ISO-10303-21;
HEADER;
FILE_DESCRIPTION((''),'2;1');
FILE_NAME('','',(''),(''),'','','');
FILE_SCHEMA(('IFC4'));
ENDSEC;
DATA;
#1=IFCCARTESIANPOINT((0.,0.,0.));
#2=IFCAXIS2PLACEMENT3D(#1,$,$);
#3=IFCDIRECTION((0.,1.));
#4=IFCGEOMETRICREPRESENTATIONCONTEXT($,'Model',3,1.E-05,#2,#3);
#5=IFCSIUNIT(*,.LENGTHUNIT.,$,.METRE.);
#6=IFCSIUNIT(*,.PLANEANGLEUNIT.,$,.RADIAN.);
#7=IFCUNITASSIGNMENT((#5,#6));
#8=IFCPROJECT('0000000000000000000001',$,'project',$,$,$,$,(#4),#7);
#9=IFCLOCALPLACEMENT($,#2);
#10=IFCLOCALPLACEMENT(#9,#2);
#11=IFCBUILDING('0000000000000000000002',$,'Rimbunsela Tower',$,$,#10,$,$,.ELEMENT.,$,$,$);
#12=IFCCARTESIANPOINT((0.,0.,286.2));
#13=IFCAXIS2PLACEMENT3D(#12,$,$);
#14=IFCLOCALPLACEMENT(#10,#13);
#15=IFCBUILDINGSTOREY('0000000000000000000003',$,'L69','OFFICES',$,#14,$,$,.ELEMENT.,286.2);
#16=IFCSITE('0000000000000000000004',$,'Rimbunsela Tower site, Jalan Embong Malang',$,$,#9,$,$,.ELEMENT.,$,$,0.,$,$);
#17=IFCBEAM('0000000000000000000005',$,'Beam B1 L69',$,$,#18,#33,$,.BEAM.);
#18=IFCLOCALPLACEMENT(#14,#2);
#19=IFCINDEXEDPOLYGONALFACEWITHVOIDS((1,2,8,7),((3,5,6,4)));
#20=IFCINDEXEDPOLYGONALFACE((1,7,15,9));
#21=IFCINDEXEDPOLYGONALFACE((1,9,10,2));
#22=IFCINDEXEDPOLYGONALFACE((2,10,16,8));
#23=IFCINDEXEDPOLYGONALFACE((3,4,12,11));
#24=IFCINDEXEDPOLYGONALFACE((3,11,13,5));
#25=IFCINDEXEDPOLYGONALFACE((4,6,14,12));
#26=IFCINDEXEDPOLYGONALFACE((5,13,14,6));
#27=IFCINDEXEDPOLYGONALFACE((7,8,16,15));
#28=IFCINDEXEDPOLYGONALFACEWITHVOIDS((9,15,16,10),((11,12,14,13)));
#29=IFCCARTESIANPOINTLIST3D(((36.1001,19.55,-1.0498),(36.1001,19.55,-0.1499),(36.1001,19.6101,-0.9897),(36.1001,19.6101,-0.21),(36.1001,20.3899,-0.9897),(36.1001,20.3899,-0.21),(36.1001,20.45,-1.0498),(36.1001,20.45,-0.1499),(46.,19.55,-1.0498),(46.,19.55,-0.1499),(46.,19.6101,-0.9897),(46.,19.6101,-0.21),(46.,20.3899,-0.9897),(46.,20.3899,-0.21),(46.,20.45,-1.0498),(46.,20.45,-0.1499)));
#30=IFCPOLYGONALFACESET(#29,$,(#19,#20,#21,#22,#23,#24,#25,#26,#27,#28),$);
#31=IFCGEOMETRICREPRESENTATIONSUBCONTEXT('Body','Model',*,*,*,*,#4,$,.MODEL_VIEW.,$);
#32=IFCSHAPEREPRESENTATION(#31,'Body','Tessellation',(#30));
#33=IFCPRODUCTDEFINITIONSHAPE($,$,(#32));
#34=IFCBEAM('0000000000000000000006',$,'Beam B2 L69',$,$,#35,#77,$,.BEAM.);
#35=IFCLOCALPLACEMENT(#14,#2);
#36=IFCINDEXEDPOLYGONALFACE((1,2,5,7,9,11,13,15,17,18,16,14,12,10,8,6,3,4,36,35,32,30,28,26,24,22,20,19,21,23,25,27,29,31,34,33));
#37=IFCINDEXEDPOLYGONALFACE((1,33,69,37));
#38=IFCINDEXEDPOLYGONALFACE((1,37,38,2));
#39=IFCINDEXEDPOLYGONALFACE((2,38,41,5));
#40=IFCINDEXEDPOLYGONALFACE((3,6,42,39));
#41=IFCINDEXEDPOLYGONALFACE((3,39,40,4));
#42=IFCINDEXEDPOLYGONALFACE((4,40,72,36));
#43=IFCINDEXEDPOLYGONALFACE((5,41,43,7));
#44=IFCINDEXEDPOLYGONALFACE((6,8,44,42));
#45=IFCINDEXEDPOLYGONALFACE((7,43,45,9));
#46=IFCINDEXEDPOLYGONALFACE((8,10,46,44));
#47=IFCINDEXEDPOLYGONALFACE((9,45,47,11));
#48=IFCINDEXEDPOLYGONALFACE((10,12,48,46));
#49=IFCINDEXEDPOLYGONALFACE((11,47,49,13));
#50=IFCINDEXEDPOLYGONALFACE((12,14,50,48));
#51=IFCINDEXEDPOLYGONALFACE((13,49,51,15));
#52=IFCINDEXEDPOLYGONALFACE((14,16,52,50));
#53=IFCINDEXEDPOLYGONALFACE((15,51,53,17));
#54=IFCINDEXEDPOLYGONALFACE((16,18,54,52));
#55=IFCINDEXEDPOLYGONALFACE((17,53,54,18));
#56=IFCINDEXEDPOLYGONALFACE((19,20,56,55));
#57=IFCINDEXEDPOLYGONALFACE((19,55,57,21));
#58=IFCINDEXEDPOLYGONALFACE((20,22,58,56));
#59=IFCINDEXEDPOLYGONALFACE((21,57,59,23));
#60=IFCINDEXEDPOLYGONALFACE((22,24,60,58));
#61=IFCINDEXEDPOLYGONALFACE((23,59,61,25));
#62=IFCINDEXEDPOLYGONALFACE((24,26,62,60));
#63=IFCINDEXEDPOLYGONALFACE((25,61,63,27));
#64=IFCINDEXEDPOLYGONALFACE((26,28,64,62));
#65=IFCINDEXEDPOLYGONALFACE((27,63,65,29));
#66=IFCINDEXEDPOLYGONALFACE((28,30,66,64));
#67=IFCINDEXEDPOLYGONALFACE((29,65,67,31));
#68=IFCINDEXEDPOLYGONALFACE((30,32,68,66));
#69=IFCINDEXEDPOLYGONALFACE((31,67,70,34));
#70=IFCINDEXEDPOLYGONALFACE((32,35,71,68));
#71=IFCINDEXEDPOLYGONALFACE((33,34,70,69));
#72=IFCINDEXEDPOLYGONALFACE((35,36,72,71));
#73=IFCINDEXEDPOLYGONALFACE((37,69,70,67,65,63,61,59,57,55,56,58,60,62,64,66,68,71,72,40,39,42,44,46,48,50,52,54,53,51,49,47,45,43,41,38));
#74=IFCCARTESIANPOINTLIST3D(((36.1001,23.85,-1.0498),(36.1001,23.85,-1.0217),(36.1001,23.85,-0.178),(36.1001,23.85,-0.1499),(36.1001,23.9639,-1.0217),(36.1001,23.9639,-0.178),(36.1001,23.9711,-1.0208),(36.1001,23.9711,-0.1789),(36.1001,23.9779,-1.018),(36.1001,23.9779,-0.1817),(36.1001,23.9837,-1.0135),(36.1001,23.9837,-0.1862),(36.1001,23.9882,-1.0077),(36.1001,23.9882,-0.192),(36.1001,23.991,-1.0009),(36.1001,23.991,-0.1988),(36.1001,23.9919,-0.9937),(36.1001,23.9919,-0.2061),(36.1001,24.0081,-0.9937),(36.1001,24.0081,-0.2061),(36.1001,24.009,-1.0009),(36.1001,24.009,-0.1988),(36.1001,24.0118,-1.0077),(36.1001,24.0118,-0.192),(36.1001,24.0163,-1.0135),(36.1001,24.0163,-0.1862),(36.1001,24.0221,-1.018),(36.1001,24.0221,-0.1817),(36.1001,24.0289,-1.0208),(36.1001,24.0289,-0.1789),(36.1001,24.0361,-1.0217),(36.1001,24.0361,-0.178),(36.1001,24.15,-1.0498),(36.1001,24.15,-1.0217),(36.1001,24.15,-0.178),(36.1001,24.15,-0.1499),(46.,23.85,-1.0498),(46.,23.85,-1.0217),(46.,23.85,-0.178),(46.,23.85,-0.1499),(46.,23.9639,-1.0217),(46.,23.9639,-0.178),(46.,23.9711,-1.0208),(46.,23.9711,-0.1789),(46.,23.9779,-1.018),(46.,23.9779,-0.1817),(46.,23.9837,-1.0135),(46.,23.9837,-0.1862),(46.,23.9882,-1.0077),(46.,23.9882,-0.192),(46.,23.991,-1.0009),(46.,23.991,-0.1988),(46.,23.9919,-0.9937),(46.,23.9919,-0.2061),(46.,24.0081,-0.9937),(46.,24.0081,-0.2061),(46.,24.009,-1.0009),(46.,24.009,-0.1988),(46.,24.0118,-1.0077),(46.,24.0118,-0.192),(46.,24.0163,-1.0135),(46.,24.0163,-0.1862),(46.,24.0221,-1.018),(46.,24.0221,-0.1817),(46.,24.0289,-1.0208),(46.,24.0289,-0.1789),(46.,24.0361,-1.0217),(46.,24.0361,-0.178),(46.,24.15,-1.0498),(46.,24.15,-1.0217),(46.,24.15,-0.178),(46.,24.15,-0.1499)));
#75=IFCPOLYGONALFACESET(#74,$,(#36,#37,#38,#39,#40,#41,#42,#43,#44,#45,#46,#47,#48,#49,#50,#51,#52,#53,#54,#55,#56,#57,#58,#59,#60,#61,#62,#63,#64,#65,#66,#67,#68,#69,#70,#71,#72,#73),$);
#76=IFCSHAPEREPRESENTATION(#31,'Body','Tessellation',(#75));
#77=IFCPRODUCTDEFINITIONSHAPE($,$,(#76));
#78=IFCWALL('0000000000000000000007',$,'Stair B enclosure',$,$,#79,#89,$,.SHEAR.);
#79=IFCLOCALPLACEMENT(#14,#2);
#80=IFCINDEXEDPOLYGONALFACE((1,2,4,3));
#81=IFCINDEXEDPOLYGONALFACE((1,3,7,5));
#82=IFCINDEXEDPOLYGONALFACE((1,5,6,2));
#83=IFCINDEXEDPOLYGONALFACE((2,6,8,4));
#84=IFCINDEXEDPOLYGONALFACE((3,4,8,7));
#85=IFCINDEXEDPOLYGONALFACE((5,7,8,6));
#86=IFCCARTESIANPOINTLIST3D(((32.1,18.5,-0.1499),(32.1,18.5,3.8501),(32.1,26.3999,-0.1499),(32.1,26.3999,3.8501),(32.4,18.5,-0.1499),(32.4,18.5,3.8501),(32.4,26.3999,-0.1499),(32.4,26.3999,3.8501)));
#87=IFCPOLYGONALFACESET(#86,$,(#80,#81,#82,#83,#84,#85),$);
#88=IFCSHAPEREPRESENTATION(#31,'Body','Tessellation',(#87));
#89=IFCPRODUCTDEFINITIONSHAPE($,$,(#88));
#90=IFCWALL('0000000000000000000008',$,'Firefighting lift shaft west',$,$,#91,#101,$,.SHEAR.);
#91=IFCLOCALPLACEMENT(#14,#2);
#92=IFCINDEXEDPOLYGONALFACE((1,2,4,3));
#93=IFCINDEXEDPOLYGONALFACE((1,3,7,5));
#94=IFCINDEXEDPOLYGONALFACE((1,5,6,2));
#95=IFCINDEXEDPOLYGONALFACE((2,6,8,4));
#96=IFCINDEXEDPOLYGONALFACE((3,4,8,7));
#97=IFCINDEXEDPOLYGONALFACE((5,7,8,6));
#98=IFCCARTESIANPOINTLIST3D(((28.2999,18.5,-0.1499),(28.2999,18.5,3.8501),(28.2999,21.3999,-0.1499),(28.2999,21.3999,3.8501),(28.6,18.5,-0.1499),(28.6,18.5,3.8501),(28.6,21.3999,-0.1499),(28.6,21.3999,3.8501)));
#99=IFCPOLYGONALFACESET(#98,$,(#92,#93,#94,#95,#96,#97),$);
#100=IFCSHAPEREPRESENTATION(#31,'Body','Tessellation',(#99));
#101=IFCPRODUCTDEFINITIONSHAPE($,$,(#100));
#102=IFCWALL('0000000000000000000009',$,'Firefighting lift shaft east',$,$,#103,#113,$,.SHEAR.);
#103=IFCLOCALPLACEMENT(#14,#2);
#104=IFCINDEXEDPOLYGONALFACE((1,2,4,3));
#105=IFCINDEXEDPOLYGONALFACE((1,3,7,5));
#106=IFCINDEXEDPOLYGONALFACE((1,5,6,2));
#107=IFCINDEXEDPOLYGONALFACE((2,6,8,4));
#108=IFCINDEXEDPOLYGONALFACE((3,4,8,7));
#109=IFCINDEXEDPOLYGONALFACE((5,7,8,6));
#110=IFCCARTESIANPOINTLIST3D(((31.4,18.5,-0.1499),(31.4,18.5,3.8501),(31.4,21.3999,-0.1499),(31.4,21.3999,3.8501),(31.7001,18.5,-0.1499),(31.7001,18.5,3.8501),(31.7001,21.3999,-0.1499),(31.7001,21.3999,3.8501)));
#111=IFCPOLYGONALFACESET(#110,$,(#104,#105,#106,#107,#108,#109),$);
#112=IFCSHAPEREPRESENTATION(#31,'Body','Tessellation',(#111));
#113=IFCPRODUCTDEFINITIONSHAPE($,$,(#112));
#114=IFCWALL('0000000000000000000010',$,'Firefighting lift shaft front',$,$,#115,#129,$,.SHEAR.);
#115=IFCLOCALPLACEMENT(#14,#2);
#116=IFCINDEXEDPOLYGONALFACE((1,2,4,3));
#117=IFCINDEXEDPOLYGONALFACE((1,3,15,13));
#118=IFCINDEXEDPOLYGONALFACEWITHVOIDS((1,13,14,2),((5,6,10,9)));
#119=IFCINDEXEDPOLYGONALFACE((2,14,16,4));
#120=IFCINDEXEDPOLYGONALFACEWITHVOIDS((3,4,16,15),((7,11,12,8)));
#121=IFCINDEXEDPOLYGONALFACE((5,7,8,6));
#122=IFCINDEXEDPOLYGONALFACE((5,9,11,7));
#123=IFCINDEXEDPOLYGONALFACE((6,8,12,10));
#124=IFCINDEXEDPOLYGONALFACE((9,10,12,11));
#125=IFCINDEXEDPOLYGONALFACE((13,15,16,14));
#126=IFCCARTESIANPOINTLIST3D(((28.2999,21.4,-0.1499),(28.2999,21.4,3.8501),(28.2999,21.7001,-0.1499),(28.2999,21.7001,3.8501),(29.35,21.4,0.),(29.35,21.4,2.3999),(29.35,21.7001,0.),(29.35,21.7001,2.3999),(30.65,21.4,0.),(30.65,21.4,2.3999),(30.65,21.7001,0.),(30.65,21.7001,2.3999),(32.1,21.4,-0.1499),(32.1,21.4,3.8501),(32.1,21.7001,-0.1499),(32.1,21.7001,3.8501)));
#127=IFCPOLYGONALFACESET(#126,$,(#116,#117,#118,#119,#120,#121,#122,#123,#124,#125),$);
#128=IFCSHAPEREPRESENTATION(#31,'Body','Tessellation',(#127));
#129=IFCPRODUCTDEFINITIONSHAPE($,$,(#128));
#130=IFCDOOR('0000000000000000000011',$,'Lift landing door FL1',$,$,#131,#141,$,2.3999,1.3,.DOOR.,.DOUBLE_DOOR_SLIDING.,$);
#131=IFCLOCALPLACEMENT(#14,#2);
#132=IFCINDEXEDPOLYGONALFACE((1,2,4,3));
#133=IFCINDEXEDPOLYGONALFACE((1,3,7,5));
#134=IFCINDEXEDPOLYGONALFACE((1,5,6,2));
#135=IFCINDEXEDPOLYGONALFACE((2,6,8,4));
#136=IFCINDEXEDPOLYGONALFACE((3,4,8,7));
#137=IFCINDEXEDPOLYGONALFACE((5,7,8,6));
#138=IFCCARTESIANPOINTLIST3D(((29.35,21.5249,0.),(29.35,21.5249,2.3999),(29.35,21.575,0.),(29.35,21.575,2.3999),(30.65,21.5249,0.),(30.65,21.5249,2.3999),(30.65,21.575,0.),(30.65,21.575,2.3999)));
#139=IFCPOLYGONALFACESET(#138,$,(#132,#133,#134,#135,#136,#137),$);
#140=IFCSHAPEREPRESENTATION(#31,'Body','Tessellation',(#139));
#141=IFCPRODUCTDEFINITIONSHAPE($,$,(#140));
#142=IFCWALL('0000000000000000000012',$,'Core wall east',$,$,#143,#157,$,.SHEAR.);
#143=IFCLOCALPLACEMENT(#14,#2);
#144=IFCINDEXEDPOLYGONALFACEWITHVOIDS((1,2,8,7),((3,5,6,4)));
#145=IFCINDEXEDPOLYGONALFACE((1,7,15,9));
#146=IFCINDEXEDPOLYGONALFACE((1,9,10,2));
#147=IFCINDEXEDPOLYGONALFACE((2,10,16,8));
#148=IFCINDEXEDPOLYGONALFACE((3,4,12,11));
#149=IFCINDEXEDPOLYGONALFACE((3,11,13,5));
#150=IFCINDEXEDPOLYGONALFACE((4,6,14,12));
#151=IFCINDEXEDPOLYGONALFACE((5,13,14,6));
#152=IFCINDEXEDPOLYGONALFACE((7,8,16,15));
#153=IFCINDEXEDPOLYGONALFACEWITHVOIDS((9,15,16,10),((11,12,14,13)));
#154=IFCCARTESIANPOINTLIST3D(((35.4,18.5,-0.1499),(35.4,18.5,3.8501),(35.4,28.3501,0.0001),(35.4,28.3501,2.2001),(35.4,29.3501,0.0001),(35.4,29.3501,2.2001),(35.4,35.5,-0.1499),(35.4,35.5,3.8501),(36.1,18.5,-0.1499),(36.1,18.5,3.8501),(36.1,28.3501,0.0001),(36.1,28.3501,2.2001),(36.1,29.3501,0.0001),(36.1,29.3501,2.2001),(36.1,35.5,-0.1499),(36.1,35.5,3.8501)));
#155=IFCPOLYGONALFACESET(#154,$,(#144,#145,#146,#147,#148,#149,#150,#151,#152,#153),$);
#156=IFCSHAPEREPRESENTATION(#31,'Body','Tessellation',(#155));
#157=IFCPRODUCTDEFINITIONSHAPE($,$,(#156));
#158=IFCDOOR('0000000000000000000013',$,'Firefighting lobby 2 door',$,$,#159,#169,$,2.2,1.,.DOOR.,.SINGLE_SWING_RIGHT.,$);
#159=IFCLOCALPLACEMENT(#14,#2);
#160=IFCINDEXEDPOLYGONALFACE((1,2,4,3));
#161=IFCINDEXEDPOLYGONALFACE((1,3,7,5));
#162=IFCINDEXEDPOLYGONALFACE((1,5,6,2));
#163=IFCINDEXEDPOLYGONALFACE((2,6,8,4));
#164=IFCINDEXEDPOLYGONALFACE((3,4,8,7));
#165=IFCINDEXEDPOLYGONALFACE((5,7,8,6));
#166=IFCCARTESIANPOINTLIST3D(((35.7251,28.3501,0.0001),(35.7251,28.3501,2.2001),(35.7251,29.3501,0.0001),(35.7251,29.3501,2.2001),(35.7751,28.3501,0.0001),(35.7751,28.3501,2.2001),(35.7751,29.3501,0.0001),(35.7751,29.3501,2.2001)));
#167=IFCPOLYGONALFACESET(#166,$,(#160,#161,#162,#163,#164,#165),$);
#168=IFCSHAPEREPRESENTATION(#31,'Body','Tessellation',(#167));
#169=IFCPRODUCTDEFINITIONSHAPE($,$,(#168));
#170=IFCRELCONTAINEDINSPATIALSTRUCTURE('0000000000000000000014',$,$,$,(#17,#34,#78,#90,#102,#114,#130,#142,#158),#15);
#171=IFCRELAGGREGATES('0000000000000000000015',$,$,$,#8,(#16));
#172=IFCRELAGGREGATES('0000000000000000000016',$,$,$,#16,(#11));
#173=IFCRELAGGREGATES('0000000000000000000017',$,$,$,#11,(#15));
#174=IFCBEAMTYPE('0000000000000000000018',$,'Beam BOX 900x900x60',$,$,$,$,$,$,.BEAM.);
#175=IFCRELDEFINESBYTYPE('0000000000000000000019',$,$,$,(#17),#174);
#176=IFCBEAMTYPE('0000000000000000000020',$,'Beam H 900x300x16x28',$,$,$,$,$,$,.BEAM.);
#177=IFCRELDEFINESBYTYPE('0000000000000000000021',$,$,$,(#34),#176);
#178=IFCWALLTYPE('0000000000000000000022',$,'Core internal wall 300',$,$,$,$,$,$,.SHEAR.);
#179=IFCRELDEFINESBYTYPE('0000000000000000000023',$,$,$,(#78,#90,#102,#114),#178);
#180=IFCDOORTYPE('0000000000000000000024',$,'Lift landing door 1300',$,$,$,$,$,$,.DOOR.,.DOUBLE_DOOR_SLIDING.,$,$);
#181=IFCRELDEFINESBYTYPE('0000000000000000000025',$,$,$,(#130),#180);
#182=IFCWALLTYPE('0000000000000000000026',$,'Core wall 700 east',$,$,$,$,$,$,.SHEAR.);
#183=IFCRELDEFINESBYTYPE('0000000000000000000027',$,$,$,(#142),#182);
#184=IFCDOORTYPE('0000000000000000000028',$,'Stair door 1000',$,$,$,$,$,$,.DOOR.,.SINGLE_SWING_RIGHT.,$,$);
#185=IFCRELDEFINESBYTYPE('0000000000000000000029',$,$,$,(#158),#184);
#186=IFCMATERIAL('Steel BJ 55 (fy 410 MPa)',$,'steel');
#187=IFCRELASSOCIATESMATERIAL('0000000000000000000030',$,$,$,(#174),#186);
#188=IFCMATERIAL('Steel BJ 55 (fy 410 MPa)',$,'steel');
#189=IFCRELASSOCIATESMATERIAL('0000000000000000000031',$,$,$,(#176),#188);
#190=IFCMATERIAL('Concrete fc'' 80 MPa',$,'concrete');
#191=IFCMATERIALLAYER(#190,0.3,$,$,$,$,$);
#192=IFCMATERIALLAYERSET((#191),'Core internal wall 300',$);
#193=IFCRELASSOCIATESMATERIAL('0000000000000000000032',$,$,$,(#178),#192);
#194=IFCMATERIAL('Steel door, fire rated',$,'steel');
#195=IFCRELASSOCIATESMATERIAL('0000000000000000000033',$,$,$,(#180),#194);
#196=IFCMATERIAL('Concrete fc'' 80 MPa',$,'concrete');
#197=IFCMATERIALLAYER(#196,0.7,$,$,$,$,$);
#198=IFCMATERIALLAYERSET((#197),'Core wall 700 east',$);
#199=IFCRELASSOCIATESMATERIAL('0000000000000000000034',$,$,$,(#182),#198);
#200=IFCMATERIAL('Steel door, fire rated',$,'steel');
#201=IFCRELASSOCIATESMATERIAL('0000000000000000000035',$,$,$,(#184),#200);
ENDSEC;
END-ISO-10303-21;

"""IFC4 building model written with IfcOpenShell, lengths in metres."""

from ifc_helpers import new_model, si_unit, direction, frame, frame_2d, origin, origin_2d, place, context, subcontext, project, spatial, rectangle, hollow_rectangle, i_section, extrude, material, layer, layer_set, material_profile, profile_set, type_object, element, fill, save


model = new_model("IFC4")

# Units and contexts
model_context = context("Model", 3, precision=1e-05, world=origin(), true_north=direction((0.0, 1.0)))
body_context = subcontext(model_context, "Body", "Model", "MODEL_VIEW")
ifc_project = project(units=[si_unit("LENGTHUNIT", "METRE"), si_unit("PLANEANGLEUNIT", "RADIAN")], contexts=[model_context])

# Site, building, storey
site_placement = place(None, origin())
site = spatial("IfcSite", under=ifc_project, at=site_placement, Name="Rimbunsela Tower site, Jalan Embong Malang", CompositionType="ELEMENT", RefElevation=0.0)
building_placement = place(site_placement, origin())
building = spatial("IfcBuilding", under=site, at=building_placement, Name="Rimbunsela Tower", CompositionType="ELEMENT")
storey_placement = place(building_placement, frame((0.0, 0.0, 286.2)))
storey = spatial("IfcBuildingStorey", under=building, at=storey_placement, Name="L69", Description="OFFICES", CompositionType="ELEMENT", Elevation=286.2)

# Beams
ifc_material_1 = material(Name="Steel BJ 55 (fy 410 MPa)", Category="steel")
ifc_material_profile_1 = material_profile(ifc_material_1, hollow_rectangle(XDim=0.8999, YDim=0.8999, WallThickness=0.0601, at=origin_2d()), Name="BOX 900x900x60")
ifc_profile_set_1 = profile_set([ifc_material_profile_1], Name="Steel BJ 55 (fy 410 MPa)")
beam_type_1 = type_object("IfcBeamType", Name="Beam BOX 900x900x60", PredefinedType="BEAM", material=ifc_profile_set_1)
beam_1_placement = place(storey_placement, frame((36.1001, 20.0, -0.5999), z_axis=(1.0, 0.0, 0.0), x_axis=(0.0, 1.0, 0.0)))
element("IfcBeam", 1, at=beam_1_placement, inside=storey, type_object=beam_type_1, Name="Beam B1 L69", PredefinedType="BEAM", context=body_context, shape_type="SweptSolid", body=[
    extrude(hollow_rectangle(XDim=0.8999, YDim=0.8999, WallThickness=0.0601, at=origin_2d()), origin(), (0.0, 0.0, 1.0), 9.8999),
])
ifc_material_2 = material(Name="Steel BJ 55 (fy 410 MPa)", Category="steel")
ifc_material_profile_2 = material_profile(ifc_material_2, i_section(OverallWidth=0.3, OverallDepth=0.8999, WebThickness=0.0161, FlangeThickness=0.0281, FilletRadius=0.0281, at=origin_2d()), Name="H 900x300x16x28")
ifc_profile_set_2 = profile_set([ifc_material_profile_2], Name="Steel BJ 55 (fy 410 MPa)")
beam_type_2 = type_object("IfcBeamType", Name="Beam H 900x300x16x28", PredefinedType="BEAM", material=ifc_profile_set_2)
beam_2_placement = place(storey_placement, frame((36.1001, 24.0, -0.5999), z_axis=(1.0, 0.0, 0.0), x_axis=(0.0, 1.0, 0.0)))
element("IfcBeam", 2, at=beam_2_placement, inside=storey, type_object=beam_type_2, Name="Beam B2 L69", PredefinedType="BEAM", context=body_context, shape_type="SweptSolid", body=[
    extrude(i_section(OverallWidth=0.3, OverallDepth=0.8999, WebThickness=0.0161, FlangeThickness=0.0281, FilletRadius=0.0281, at=origin_2d()), origin(), (0.0, 0.0, 1.0), 9.8999),
])

# Walls
ifc_material_3 = material(Name="Concrete fc' 80 MPa", Category="concrete")
ifc_layer_1 = layer(ifc_material_3, 0.3)
ifc_layer_set_1 = layer_set([ifc_layer_1], Name="Core internal wall 300")
wall_type_1 = type_object("IfcWallType", Name="Core internal wall 300", PredefinedType="SHEAR", material=ifc_layer_set_1)
wall_1_placement = place(storey_placement, frame((32.25, 18.5, -0.1499), z_axis=(0.0, 0.0, 1.0), x_axis=(0.0, 1.0, 0.0)))
element("IfcWall", 3, at=wall_1_placement, inside=storey, type_object=wall_type_1, Name="Stair B enclosure", PredefinedType="SHEAR", context=body_context, shape_type="SweptSolid", body=[
    extrude(rectangle(XDim=7.8999, YDim=0.3, at=frame_2d((3.95, 0.0))), origin(), (0.0, 0.0, 1.0), 4.0),
])
for number, where, z_axis, x_axis, name in (
    (4, (28.45, 18.5, -0.1499), (0.0, 0.0, 1.0), (0.0, 1.0, 0.0), "Firefighting lift shaft west"),
    (5, (31.55, 18.5, -0.1499), (0.0, 0.0, 1.0), (0.0, 1.0, 0.0), "Firefighting lift shaft east"),
):
    element("IfcWall", number, at=place(storey_placement, frame(where, z_axis=z_axis, x_axis=x_axis)), inside=storey, type_object=wall_type_1, Name=name, PredefinedType="SHEAR", context=body_context, shape_type="SweptSolid", body=[
        extrude(rectangle(XDim=2.8999, YDim=0.3, at=frame_2d((1.45, 0.0))), origin(), (0.0, 0.0, 1.0), 4.0),
    ])

# Walls, openings, doors
wall_2_placement = place(storey_placement, frame((28.3, 21.55, -0.1499), z_axis=(0.0, 0.0, 1.0), x_axis=(1.0, 0.0, 0.0)))
wall_2 = element("IfcWall", 6, at=wall_2_placement, inside=storey, type_object=wall_type_1, Name="Firefighting lift shaft front", PredefinedType="SHEAR", context=body_context, shape_type="SweptSolid", body=[
    extrude(rectangle(XDim=3.8, YDim=0.3, at=frame_2d((1.8999, 0.0))), origin(), (0.0, 0.0, 1.0), 4.0),
])
opening_1_placement = place(wall_2_placement, frame((1.05, 0.0, 0.1499)))
opening_1 = element("IfcOpeningElement", 7, at=opening_1_placement, cuts=wall_2, PredefinedType="OPENING", context=body_context, shape_type="SweptSolid", body=[
    extrude(rectangle(XDim=1.3, YDim=2.3999, at=frame_2d((0.6499, 1.2))), frame((0.0, 0.1599, 0.0), z_axis=(0.0, -1.0, 0.0), x_axis=(1.0, 0.0, 0.0)), (0.0, 0.0, 1.0), 0.3201),
])
ifc_material_4 = material(Name="Steel door, fire rated", Category="steel")
door_type_1 = type_object("IfcDoorType", Name="Lift landing door 1300", OperationType="DOUBLE_DOOR_SLIDING", PredefinedType="DOOR", material=ifc_material_4)
door_1_placement = place(opening_1_placement, origin())
door_1 = element("IfcDoor", 8, at=door_1_placement, inside=storey, type_object=door_type_1, Name="Lift landing door FL1", OperationType="DOUBLE_DOOR_SLIDING", OverallHeight=2.3999, OverallWidth=1.3, PredefinedType="DOOR", context=body_context, shape_type="SweptSolid", body=[
    extrude(rectangle(XDim=1.3, YDim=2.3999, at=frame_2d((0.6499, 1.2))), frame((0.0, 0.0249, 0.0), z_axis=(0.0, -1.0, 0.0), x_axis=(1.0, 0.0, 0.0)), (0.0, 0.0, 1.0), 0.05),
])
fill(opening_1, door_1)
ifc_material_5 = material(Name="Concrete fc' 80 MPa", Category="concrete")
ifc_layer_2 = layer(ifc_material_5, 0.7)
ifc_layer_set_2 = layer_set([ifc_layer_2], Name="Core wall 700 east")
wall_type_2 = type_object("IfcWallType", Name="Core wall 700 east", PredefinedType="SHEAR", material=ifc_layer_set_2)
wall_3_placement = place(storey_placement, frame((35.75, 18.5, -0.1499), z_axis=(0.0, 0.0, 1.0), x_axis=(0.0, 1.0, 0.0)))
wall_3 = element("IfcWall", 9, at=wall_3_placement, inside=storey, type_object=wall_type_2, Name="Core wall east", PredefinedType="SHEAR", context=body_context, shape_type="SweptSolid", body=[
    extrude(rectangle(XDim=17.0, YDim=0.7, at=frame_2d((8.5, 0.0))), origin(), (0.0, 0.0, 1.0), 4.0),
])
opening_2_placement = place(wall_3_placement, frame((9.8501, 0.0, 0.1499)))
opening_2 = element("IfcOpeningElement", 10, at=opening_2_placement, cuts=wall_3, PredefinedType="OPENING", context=body_context, shape_type="SweptSolid", body=[
    extrude(rectangle(XDim=1.0, YDim=2.2, at=frame_2d((0.5, 1.1001))), frame((0.0, 0.3599, 0.0), z_axis=(0.0, -1.0, 0.0), x_axis=(1.0, 0.0, 0.0)), (0.0, 0.0, 1.0), 0.72),
])
ifc_material_6 = material(Name="Steel door, fire rated", Category="steel")
door_type_2 = type_object("IfcDoorType", Name="Stair door 1000", OperationType="SINGLE_SWING_RIGHT", PredefinedType="DOOR", material=ifc_material_6)
door_2_placement = place(opening_2_placement, origin())
door_2 = element("IfcDoor", 11, at=door_2_placement, inside=storey, type_object=door_type_2, Name="Firefighting lobby 2 door", OperationType="SINGLE_SWING_RIGHT", OverallHeight=2.2, OverallWidth=1.0, PredefinedType="DOOR", context=body_context, shape_type="SweptSolid", body=[
    extrude(rectangle(XDim=1.0, YDim=2.2, at=frame_2d((0.5, 1.1001))), frame((0.0, 0.0249, 0.0), z_axis=(0.0, -1.0, 0.0), x_axis=(1.0, 0.0, 0.0)), (0.0, 0.0, 1.0), 0.05),
])
fill(opening_2, door_2)

save(model, "model.ifc")
